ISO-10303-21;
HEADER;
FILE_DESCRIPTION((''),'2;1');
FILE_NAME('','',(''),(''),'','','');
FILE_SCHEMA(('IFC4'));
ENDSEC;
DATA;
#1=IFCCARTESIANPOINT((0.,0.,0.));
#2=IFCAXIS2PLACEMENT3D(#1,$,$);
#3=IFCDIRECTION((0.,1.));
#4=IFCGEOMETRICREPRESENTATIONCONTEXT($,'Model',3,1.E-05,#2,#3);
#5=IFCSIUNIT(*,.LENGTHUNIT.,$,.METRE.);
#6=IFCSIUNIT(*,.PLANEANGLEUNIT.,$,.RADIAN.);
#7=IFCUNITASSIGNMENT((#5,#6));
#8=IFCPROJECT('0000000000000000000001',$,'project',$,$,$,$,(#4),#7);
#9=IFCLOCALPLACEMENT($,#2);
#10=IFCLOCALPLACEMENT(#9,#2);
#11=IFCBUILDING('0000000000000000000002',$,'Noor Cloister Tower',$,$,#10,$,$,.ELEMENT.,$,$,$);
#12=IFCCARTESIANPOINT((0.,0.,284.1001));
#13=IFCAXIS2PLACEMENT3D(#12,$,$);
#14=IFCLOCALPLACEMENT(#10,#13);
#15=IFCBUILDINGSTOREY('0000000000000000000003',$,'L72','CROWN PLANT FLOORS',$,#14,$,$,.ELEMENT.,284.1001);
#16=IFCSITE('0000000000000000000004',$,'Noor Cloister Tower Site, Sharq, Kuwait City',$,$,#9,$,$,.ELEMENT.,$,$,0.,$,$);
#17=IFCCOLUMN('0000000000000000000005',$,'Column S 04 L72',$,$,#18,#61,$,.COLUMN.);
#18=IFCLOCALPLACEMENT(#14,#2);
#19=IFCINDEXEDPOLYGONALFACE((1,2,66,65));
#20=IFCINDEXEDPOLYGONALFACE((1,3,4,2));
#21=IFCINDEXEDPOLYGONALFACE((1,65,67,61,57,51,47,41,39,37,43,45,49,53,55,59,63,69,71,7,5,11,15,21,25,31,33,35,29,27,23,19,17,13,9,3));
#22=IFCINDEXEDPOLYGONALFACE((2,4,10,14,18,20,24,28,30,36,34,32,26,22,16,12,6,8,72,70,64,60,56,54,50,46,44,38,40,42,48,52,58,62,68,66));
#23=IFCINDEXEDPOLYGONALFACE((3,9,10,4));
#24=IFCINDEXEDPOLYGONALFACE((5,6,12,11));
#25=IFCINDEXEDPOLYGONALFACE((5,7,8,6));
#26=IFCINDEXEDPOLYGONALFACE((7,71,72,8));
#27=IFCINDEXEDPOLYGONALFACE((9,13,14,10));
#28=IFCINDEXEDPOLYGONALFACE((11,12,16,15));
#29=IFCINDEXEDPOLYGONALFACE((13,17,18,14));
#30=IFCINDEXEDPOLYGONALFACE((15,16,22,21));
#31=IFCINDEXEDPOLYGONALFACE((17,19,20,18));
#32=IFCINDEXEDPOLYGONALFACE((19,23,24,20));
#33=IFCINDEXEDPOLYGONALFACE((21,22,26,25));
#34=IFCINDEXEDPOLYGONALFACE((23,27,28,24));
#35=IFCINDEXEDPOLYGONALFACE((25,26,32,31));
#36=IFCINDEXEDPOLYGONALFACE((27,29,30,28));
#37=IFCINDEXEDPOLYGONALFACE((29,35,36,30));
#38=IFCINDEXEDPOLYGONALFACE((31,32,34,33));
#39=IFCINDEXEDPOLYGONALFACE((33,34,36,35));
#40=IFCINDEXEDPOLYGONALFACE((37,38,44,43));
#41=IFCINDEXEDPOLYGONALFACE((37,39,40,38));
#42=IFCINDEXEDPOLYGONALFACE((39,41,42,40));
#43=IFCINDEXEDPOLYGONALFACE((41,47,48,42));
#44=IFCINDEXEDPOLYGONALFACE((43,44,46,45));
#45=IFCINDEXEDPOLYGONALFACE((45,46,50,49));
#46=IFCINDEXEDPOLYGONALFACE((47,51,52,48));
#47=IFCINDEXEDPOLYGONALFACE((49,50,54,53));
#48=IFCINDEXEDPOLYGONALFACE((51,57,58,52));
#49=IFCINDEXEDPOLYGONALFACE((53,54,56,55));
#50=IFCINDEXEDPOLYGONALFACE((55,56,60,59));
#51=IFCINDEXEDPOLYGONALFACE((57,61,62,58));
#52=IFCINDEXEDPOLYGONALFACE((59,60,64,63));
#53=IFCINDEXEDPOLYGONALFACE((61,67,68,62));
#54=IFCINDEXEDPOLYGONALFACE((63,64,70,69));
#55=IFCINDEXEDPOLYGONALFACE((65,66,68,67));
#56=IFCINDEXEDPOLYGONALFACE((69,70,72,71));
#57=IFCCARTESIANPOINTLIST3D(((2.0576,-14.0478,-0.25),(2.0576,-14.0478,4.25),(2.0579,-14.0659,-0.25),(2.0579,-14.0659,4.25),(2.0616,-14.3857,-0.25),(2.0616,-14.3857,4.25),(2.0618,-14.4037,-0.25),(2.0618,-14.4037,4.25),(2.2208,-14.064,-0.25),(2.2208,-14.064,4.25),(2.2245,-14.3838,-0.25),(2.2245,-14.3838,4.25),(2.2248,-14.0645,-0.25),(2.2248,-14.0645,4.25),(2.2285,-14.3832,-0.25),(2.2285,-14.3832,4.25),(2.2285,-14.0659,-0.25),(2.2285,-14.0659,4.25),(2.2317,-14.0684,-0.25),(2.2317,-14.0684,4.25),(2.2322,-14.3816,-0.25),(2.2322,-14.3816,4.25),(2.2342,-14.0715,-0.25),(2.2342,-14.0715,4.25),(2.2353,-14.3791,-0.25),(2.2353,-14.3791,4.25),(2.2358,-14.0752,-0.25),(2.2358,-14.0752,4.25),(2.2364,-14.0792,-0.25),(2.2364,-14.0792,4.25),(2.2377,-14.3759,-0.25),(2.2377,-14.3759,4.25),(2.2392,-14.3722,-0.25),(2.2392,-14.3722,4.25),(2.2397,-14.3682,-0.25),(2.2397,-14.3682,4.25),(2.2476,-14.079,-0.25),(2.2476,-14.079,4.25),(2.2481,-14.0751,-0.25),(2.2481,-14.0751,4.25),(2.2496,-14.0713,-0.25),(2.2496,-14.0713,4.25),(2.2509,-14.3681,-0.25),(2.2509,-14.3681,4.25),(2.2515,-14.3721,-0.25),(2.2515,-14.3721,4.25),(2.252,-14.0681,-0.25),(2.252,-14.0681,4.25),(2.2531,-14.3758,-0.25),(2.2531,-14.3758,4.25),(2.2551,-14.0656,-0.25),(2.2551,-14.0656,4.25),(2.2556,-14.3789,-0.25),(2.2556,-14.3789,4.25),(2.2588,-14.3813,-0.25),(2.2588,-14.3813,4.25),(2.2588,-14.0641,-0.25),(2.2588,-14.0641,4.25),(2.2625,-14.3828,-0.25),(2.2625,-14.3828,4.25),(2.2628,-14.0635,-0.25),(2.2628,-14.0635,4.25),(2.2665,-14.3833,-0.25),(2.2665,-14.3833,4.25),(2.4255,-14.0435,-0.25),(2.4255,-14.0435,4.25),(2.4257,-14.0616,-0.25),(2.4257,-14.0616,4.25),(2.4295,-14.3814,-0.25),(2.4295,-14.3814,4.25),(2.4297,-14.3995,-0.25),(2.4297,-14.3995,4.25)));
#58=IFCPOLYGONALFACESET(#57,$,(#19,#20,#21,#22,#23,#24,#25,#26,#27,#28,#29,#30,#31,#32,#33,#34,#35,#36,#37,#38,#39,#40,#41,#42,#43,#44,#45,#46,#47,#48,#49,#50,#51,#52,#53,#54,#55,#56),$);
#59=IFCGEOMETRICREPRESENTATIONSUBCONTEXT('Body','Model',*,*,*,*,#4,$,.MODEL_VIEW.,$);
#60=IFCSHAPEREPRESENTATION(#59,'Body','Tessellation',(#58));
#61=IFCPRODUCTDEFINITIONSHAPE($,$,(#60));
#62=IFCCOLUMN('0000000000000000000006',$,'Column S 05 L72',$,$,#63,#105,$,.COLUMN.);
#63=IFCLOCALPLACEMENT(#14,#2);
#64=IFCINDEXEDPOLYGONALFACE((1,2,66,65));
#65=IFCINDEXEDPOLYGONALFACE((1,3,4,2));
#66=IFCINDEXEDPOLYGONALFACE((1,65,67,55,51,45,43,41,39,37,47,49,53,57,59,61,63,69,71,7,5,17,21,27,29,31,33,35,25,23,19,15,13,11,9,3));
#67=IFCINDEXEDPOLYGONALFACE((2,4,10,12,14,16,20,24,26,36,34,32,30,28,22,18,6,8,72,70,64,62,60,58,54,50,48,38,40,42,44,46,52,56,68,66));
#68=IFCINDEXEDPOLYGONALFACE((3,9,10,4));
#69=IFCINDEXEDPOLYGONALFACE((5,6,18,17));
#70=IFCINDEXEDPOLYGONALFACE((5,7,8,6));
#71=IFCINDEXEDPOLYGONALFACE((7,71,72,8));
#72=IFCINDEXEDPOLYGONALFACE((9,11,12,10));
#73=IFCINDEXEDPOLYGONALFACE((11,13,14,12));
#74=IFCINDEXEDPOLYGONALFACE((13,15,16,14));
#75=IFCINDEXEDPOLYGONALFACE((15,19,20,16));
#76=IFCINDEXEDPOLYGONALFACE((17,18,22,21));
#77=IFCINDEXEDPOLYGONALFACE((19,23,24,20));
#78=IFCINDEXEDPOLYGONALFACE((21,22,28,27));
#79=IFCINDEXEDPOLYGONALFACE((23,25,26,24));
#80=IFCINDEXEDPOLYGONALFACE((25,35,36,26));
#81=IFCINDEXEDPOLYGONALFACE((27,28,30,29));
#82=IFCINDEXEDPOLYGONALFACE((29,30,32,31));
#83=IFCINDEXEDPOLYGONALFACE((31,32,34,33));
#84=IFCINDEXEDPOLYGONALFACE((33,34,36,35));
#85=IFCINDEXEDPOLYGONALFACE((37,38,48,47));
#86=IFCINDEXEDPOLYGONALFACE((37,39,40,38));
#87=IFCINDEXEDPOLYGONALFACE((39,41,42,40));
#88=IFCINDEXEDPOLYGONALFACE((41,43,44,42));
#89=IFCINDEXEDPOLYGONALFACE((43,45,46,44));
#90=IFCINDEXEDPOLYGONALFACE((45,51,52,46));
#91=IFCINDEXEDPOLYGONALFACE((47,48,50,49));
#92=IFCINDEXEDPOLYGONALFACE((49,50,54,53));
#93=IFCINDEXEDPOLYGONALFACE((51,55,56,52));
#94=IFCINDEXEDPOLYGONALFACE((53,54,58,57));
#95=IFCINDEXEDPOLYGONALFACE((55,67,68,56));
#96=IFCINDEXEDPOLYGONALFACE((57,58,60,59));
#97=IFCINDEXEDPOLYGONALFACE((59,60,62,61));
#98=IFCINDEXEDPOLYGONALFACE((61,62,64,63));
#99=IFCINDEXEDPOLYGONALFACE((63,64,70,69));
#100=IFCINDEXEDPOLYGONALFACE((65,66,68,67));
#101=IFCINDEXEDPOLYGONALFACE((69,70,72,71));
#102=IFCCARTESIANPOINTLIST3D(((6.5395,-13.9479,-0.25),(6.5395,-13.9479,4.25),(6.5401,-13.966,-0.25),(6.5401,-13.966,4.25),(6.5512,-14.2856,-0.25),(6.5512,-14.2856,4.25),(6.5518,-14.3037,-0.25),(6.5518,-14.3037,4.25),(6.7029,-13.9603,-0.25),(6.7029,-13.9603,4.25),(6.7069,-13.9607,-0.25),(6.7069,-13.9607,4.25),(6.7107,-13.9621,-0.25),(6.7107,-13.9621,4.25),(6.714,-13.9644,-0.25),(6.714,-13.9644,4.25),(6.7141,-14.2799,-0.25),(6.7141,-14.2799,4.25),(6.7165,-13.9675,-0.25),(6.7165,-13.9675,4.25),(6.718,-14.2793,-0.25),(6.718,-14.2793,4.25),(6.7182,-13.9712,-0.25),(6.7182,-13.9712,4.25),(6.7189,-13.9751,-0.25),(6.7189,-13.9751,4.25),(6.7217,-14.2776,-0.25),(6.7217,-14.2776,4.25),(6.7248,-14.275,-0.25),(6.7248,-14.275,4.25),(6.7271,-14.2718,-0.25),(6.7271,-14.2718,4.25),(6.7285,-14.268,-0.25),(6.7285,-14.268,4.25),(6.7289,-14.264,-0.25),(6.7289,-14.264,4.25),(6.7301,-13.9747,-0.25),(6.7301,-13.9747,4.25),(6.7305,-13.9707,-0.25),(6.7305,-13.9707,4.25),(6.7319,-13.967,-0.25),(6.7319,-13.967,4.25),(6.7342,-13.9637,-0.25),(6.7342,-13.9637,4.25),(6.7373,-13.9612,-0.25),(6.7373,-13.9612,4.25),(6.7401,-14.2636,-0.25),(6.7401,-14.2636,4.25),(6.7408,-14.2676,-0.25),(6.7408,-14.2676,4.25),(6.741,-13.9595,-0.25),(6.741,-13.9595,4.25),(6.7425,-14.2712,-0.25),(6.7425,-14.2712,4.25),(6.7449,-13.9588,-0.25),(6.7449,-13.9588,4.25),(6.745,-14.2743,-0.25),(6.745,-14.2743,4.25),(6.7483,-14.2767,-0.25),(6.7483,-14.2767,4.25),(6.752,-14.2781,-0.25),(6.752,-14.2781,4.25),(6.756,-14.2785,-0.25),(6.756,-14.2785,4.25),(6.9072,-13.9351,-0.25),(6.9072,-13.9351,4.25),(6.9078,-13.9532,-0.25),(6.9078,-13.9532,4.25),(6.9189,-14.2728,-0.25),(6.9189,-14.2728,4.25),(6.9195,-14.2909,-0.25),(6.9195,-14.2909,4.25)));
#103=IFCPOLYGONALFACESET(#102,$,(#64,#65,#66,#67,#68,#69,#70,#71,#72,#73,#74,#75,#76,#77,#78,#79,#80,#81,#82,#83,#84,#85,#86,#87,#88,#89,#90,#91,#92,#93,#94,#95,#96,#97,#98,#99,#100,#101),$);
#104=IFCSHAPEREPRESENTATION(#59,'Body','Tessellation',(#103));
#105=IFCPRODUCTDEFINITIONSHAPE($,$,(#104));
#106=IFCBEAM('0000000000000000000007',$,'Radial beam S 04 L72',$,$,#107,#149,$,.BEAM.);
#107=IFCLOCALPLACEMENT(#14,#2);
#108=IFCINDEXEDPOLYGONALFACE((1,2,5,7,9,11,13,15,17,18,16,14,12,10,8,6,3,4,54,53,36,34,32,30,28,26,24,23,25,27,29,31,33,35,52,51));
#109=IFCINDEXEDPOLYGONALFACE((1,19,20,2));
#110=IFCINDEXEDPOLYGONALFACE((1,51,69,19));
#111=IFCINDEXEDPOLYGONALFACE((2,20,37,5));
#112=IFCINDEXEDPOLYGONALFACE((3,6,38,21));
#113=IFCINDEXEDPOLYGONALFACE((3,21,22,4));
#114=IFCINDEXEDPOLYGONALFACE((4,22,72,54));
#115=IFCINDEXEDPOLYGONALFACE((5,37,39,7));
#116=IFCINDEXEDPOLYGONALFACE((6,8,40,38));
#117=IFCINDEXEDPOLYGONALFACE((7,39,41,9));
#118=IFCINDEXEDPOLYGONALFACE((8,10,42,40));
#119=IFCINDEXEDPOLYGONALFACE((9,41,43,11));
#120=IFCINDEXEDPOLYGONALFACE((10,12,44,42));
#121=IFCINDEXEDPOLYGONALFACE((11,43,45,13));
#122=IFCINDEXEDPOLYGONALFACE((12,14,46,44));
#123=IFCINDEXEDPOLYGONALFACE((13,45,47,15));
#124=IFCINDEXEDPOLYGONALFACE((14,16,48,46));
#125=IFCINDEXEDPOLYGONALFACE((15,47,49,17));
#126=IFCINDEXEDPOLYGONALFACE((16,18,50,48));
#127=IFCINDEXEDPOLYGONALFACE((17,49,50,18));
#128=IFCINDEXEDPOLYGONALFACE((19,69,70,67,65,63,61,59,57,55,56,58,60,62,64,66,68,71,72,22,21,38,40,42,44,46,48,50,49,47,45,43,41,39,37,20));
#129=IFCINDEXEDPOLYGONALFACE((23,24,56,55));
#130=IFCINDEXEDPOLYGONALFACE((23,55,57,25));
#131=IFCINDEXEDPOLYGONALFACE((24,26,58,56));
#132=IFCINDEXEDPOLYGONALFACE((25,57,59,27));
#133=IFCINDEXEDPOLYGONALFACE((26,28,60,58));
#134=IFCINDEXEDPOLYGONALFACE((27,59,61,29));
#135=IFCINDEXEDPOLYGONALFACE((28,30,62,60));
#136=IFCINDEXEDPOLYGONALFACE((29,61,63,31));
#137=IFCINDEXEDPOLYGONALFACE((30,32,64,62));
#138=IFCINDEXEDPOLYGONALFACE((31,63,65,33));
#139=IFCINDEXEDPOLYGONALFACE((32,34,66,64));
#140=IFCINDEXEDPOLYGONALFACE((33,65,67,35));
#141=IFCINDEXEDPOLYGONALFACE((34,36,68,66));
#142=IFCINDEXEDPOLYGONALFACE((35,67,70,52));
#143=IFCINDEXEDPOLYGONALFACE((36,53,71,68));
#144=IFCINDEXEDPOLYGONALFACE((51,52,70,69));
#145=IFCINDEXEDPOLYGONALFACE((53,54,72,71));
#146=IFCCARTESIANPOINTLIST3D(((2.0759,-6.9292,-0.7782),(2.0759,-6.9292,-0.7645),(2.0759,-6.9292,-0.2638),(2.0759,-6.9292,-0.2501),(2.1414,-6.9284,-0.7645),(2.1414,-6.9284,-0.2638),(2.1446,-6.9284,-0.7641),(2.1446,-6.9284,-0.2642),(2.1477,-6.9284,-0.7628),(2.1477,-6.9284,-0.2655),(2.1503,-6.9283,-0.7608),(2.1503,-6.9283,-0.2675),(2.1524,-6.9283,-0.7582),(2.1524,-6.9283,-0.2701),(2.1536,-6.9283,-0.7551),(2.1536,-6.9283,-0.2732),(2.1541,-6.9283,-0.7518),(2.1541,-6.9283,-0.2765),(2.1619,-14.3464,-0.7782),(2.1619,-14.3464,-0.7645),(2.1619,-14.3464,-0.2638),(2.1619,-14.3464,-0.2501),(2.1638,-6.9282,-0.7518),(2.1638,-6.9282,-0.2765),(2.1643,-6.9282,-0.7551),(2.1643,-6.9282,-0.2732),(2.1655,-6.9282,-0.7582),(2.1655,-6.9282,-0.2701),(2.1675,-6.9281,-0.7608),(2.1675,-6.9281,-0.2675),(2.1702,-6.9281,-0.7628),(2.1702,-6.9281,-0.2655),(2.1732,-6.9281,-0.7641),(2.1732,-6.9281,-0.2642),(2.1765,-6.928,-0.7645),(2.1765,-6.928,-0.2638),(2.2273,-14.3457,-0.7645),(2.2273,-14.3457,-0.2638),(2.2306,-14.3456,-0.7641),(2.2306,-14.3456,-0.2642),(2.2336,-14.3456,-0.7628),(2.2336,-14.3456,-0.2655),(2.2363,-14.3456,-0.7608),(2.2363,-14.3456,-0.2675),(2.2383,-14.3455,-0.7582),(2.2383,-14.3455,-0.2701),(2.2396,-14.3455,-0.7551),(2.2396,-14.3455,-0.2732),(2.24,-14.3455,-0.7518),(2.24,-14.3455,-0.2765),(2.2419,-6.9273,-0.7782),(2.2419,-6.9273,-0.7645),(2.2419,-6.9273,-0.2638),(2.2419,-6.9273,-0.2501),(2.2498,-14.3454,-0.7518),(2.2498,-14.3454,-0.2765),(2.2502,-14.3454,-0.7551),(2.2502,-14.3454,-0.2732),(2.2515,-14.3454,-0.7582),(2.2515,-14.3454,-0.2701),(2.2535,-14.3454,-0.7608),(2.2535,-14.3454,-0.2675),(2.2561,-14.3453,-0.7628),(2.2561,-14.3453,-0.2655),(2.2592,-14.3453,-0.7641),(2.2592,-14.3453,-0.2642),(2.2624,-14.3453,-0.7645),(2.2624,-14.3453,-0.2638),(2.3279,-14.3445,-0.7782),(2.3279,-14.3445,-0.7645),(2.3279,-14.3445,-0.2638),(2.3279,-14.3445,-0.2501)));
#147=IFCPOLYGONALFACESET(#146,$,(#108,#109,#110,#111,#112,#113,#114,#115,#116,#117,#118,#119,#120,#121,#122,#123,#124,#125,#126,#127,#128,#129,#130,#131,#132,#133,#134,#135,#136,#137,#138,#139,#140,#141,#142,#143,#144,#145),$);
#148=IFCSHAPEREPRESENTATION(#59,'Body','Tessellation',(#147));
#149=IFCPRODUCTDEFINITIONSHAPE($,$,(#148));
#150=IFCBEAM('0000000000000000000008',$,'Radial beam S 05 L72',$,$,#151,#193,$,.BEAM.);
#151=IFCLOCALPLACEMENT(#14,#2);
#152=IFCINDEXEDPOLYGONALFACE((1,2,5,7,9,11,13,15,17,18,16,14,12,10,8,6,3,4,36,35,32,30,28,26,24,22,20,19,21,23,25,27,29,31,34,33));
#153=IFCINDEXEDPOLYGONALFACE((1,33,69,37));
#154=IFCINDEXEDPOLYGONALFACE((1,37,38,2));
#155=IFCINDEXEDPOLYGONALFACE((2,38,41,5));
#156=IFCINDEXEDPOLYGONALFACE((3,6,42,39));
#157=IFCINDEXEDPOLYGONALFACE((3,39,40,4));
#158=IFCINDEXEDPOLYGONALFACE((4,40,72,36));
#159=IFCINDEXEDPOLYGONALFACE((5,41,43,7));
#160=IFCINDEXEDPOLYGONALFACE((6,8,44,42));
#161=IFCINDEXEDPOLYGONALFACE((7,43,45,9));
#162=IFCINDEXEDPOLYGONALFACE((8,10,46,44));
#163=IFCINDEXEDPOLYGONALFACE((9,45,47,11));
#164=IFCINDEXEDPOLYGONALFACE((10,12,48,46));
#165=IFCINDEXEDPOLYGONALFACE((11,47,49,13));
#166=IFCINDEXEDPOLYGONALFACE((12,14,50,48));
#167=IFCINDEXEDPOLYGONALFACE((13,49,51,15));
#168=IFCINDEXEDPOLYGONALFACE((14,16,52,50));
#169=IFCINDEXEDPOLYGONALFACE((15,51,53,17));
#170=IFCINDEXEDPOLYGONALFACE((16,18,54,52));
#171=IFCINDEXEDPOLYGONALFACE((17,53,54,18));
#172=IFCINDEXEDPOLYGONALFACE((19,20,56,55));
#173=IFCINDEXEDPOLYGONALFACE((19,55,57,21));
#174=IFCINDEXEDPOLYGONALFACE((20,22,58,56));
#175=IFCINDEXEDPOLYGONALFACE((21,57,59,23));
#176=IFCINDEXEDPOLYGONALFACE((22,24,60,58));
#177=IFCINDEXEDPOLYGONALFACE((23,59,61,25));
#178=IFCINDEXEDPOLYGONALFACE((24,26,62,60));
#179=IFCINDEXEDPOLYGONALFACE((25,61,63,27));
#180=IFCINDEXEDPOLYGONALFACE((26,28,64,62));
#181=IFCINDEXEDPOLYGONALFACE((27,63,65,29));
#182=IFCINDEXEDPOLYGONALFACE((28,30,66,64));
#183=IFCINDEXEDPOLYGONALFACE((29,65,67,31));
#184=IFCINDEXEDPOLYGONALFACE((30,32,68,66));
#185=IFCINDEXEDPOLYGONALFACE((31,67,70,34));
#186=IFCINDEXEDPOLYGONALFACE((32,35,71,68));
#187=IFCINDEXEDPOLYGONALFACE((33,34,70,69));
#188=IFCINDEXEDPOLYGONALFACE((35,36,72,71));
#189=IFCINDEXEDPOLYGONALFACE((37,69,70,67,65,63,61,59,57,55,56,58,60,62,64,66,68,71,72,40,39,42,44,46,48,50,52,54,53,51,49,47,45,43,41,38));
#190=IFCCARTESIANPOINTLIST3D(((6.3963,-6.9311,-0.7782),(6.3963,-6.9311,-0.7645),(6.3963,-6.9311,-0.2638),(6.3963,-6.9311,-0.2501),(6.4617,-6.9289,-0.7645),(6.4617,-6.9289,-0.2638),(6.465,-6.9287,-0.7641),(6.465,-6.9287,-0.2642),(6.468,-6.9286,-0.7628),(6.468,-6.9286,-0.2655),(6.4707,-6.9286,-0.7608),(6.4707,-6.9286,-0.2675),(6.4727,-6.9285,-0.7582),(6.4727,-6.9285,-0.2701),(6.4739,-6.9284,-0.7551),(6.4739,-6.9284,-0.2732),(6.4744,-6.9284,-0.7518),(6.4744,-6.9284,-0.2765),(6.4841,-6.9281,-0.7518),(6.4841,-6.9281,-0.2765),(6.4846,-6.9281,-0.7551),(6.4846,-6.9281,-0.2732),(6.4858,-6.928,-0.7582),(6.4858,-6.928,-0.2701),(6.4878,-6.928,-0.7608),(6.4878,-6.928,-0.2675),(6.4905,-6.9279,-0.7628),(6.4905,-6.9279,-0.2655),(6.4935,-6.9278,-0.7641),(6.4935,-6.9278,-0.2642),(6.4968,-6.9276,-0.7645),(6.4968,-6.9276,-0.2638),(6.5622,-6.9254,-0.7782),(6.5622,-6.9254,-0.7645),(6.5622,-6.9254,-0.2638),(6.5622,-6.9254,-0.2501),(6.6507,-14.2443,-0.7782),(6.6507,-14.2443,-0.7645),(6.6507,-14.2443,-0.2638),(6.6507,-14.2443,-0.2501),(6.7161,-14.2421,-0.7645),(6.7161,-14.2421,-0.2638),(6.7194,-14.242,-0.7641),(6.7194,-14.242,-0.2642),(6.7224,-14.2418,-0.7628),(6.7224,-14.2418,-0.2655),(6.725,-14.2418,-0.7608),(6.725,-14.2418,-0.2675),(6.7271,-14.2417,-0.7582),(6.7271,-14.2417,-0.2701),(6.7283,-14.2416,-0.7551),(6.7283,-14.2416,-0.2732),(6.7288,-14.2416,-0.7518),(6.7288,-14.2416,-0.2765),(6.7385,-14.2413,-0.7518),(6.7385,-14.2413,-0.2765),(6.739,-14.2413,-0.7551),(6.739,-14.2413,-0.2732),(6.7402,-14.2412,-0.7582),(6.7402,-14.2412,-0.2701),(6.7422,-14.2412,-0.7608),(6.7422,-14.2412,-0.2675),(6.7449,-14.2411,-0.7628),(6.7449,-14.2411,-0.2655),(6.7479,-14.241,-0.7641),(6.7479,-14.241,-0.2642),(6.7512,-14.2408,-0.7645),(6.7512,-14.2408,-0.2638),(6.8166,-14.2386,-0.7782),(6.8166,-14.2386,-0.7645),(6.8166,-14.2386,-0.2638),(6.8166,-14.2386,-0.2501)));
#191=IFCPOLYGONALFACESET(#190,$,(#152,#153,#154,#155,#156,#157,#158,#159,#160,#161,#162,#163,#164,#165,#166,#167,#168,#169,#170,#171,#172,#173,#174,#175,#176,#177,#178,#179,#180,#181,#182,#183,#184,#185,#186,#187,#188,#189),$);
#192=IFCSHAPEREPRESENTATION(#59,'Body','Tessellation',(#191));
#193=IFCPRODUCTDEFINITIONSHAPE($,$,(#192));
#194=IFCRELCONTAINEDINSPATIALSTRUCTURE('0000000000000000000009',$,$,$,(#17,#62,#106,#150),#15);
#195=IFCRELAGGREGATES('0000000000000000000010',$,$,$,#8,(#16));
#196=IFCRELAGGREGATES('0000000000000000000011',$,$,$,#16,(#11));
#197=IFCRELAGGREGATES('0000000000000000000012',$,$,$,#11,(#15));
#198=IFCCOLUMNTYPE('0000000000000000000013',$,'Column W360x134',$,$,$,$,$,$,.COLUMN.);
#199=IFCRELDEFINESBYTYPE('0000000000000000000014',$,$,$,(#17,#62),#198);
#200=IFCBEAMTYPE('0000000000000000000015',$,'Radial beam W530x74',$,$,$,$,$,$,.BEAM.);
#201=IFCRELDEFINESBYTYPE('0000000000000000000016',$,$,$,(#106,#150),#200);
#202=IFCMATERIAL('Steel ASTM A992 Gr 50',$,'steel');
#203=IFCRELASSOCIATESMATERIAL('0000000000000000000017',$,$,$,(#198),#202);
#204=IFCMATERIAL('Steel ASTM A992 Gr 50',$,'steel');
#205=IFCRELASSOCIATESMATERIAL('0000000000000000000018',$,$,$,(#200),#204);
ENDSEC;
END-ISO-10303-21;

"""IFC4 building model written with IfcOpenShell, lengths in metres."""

from ifc_helpers import new_model, si_unit, direction, frame, origin, origin_2d, place, context, subcontext, project, spatial, i_section, extrude, material, material_profile, profile_set, type_object, element, save


model = new_model("IFC4")

# Units and contexts
model_context = context("Model", 3, precision=1e-05, world=origin(), true_north=direction((0.0, 1.0)))
body_context = subcontext(model_context, "Body", "Model", "MODEL_VIEW")
ifc_project = project(units=[si_unit("LENGTHUNIT", "METRE"), si_unit("PLANEANGLEUNIT", "RADIAN")], contexts=[model_context])

# Site, building, storey
site_placement = place(None, origin())
site = spatial("IfcSite", under=ifc_project, at=site_placement, Name="Noor Cloister Tower Site, Sharq, Kuwait City", CompositionType="ELEMENT", RefElevation=0.0)
building_placement = place(site_placement, origin())
building = spatial("IfcBuilding", under=site, at=building_placement, Name="Noor Cloister Tower", CompositionType="ELEMENT")
storey_placement = place(building_placement, frame((0.0, 0.0, 284.1001)))
storey = spatial("IfcBuildingStorey", under=building, at=storey_placement, Name="L72", Description="CROWN PLANT FLOORS", CompositionType="ELEMENT", Elevation=284.1001)

# Columns
ifc_material_1 = material(Name="Steel ASTM A992 Gr 50", Category="steel")
ifc_material_profile_1 = material_profile(ifc_material_1, i_section(OverallWidth=0.3679, OverallDepth=0.356, WebThickness=0.0112, FlangeThickness=0.0181, FilletRadius=0.0154, at=origin_2d()), Name="W360x134")
ifc_profile_set_1 = profile_set([ifc_material_profile_1], Name="Steel ASTM A992 Gr 50")
column_type = type_object("IfcColumnType", Name="Column W360x134", PredefinedType="COLUMN", material=ifc_profile_set_1)
for number, where, z_axis, x_axis, name in (
    (1, (2.2437, -14.2236, -0.25), (0.0, 0.0, 1.0), (0.999933, 0.011596, 0.0), "Column S 04 L72"),
    (2, (6.7295, -14.1194, -0.25), (0.0, 0.0, 1.0), (0.999395, 0.034782, 0.0), "Column S 05 L72"),
):
    element("IfcColumn", number, at=place(storey_placement, frame(where, z_axis=z_axis, x_axis=x_axis)), inside=storey, type_object=column_type, Name=name, PredefinedType="COLUMN", context=body_context, shape_type="SweptSolid", body=[
        extrude(i_section(OverallWidth=0.3679, OverallDepth=0.356, WebThickness=0.0112, FlangeThickness=0.0181, FilletRadius=0.0154, at=origin_2d()), origin(), (0.0, 0.0, 1.0), 4.5),
    ])

# Beams
ifc_material_2 = material(Name="Steel ASTM A992 Gr 50", Category="steel")
ifc_material_profile_2 = material_profile(ifc_material_2, i_section(OverallWidth=0.166, OverallDepth=0.5281, WebThickness=0.0098, FlangeThickness=0.0137, FilletRadius=0.0127, at=origin_2d()), Name="W530x74")
ifc_profile_set_2 = profile_set([ifc_material_profile_2], Name="Steel ASTM A992 Gr 50")
beam_type_1 = type_object("IfcBeamType", Name="Radial beam W530x74", PredefinedType="BEAM", material=ifc_profile_set_2)
beam_1_placement = place(storey_placement, frame((2.2449, -14.3455, -0.5142), z_axis=(-0.011585, 0.999933, 0.0), x_axis=(-0.999933, -0.011585, 0.0)))
element("IfcBeam", 3, at=beam_1_placement, inside=storey, type_object=beam_type_1, Name="Radial beam S 04 L72", PredefinedType="BEAM", context=body_context, shape_type="SweptSolid", body=[
    extrude(i_section(OverallWidth=0.166, OverallDepth=0.5281, WebThickness=0.0098, FlangeThickness=0.0137, FilletRadius=0.0127, at=origin_2d()), origin(), (0.0, 0.0, 1.0), 7.4177),
])
beam_2_placement = place(storey_placement, frame((6.7336, -14.2415, -0.5142), z_axis=(-0.034764, 0.999396, 0.0), x_axis=(-0.999396, -0.034764, 0.0)))
element("IfcBeam", 4, at=beam_2_placement, inside=storey, type_object=beam_type_1, Name="Radial beam S 05 L72", PredefinedType="BEAM", context=body_context, shape_type="SweptSolid", body=[
    extrude(i_section(OverallWidth=0.166, OverallDepth=0.5281, WebThickness=0.0098, FlangeThickness=0.0137, FilletRadius=0.0127, at=origin_2d()), origin(), (0.0, 0.0, 1.0), 7.3176),
])

save(model, "model.ifc")
